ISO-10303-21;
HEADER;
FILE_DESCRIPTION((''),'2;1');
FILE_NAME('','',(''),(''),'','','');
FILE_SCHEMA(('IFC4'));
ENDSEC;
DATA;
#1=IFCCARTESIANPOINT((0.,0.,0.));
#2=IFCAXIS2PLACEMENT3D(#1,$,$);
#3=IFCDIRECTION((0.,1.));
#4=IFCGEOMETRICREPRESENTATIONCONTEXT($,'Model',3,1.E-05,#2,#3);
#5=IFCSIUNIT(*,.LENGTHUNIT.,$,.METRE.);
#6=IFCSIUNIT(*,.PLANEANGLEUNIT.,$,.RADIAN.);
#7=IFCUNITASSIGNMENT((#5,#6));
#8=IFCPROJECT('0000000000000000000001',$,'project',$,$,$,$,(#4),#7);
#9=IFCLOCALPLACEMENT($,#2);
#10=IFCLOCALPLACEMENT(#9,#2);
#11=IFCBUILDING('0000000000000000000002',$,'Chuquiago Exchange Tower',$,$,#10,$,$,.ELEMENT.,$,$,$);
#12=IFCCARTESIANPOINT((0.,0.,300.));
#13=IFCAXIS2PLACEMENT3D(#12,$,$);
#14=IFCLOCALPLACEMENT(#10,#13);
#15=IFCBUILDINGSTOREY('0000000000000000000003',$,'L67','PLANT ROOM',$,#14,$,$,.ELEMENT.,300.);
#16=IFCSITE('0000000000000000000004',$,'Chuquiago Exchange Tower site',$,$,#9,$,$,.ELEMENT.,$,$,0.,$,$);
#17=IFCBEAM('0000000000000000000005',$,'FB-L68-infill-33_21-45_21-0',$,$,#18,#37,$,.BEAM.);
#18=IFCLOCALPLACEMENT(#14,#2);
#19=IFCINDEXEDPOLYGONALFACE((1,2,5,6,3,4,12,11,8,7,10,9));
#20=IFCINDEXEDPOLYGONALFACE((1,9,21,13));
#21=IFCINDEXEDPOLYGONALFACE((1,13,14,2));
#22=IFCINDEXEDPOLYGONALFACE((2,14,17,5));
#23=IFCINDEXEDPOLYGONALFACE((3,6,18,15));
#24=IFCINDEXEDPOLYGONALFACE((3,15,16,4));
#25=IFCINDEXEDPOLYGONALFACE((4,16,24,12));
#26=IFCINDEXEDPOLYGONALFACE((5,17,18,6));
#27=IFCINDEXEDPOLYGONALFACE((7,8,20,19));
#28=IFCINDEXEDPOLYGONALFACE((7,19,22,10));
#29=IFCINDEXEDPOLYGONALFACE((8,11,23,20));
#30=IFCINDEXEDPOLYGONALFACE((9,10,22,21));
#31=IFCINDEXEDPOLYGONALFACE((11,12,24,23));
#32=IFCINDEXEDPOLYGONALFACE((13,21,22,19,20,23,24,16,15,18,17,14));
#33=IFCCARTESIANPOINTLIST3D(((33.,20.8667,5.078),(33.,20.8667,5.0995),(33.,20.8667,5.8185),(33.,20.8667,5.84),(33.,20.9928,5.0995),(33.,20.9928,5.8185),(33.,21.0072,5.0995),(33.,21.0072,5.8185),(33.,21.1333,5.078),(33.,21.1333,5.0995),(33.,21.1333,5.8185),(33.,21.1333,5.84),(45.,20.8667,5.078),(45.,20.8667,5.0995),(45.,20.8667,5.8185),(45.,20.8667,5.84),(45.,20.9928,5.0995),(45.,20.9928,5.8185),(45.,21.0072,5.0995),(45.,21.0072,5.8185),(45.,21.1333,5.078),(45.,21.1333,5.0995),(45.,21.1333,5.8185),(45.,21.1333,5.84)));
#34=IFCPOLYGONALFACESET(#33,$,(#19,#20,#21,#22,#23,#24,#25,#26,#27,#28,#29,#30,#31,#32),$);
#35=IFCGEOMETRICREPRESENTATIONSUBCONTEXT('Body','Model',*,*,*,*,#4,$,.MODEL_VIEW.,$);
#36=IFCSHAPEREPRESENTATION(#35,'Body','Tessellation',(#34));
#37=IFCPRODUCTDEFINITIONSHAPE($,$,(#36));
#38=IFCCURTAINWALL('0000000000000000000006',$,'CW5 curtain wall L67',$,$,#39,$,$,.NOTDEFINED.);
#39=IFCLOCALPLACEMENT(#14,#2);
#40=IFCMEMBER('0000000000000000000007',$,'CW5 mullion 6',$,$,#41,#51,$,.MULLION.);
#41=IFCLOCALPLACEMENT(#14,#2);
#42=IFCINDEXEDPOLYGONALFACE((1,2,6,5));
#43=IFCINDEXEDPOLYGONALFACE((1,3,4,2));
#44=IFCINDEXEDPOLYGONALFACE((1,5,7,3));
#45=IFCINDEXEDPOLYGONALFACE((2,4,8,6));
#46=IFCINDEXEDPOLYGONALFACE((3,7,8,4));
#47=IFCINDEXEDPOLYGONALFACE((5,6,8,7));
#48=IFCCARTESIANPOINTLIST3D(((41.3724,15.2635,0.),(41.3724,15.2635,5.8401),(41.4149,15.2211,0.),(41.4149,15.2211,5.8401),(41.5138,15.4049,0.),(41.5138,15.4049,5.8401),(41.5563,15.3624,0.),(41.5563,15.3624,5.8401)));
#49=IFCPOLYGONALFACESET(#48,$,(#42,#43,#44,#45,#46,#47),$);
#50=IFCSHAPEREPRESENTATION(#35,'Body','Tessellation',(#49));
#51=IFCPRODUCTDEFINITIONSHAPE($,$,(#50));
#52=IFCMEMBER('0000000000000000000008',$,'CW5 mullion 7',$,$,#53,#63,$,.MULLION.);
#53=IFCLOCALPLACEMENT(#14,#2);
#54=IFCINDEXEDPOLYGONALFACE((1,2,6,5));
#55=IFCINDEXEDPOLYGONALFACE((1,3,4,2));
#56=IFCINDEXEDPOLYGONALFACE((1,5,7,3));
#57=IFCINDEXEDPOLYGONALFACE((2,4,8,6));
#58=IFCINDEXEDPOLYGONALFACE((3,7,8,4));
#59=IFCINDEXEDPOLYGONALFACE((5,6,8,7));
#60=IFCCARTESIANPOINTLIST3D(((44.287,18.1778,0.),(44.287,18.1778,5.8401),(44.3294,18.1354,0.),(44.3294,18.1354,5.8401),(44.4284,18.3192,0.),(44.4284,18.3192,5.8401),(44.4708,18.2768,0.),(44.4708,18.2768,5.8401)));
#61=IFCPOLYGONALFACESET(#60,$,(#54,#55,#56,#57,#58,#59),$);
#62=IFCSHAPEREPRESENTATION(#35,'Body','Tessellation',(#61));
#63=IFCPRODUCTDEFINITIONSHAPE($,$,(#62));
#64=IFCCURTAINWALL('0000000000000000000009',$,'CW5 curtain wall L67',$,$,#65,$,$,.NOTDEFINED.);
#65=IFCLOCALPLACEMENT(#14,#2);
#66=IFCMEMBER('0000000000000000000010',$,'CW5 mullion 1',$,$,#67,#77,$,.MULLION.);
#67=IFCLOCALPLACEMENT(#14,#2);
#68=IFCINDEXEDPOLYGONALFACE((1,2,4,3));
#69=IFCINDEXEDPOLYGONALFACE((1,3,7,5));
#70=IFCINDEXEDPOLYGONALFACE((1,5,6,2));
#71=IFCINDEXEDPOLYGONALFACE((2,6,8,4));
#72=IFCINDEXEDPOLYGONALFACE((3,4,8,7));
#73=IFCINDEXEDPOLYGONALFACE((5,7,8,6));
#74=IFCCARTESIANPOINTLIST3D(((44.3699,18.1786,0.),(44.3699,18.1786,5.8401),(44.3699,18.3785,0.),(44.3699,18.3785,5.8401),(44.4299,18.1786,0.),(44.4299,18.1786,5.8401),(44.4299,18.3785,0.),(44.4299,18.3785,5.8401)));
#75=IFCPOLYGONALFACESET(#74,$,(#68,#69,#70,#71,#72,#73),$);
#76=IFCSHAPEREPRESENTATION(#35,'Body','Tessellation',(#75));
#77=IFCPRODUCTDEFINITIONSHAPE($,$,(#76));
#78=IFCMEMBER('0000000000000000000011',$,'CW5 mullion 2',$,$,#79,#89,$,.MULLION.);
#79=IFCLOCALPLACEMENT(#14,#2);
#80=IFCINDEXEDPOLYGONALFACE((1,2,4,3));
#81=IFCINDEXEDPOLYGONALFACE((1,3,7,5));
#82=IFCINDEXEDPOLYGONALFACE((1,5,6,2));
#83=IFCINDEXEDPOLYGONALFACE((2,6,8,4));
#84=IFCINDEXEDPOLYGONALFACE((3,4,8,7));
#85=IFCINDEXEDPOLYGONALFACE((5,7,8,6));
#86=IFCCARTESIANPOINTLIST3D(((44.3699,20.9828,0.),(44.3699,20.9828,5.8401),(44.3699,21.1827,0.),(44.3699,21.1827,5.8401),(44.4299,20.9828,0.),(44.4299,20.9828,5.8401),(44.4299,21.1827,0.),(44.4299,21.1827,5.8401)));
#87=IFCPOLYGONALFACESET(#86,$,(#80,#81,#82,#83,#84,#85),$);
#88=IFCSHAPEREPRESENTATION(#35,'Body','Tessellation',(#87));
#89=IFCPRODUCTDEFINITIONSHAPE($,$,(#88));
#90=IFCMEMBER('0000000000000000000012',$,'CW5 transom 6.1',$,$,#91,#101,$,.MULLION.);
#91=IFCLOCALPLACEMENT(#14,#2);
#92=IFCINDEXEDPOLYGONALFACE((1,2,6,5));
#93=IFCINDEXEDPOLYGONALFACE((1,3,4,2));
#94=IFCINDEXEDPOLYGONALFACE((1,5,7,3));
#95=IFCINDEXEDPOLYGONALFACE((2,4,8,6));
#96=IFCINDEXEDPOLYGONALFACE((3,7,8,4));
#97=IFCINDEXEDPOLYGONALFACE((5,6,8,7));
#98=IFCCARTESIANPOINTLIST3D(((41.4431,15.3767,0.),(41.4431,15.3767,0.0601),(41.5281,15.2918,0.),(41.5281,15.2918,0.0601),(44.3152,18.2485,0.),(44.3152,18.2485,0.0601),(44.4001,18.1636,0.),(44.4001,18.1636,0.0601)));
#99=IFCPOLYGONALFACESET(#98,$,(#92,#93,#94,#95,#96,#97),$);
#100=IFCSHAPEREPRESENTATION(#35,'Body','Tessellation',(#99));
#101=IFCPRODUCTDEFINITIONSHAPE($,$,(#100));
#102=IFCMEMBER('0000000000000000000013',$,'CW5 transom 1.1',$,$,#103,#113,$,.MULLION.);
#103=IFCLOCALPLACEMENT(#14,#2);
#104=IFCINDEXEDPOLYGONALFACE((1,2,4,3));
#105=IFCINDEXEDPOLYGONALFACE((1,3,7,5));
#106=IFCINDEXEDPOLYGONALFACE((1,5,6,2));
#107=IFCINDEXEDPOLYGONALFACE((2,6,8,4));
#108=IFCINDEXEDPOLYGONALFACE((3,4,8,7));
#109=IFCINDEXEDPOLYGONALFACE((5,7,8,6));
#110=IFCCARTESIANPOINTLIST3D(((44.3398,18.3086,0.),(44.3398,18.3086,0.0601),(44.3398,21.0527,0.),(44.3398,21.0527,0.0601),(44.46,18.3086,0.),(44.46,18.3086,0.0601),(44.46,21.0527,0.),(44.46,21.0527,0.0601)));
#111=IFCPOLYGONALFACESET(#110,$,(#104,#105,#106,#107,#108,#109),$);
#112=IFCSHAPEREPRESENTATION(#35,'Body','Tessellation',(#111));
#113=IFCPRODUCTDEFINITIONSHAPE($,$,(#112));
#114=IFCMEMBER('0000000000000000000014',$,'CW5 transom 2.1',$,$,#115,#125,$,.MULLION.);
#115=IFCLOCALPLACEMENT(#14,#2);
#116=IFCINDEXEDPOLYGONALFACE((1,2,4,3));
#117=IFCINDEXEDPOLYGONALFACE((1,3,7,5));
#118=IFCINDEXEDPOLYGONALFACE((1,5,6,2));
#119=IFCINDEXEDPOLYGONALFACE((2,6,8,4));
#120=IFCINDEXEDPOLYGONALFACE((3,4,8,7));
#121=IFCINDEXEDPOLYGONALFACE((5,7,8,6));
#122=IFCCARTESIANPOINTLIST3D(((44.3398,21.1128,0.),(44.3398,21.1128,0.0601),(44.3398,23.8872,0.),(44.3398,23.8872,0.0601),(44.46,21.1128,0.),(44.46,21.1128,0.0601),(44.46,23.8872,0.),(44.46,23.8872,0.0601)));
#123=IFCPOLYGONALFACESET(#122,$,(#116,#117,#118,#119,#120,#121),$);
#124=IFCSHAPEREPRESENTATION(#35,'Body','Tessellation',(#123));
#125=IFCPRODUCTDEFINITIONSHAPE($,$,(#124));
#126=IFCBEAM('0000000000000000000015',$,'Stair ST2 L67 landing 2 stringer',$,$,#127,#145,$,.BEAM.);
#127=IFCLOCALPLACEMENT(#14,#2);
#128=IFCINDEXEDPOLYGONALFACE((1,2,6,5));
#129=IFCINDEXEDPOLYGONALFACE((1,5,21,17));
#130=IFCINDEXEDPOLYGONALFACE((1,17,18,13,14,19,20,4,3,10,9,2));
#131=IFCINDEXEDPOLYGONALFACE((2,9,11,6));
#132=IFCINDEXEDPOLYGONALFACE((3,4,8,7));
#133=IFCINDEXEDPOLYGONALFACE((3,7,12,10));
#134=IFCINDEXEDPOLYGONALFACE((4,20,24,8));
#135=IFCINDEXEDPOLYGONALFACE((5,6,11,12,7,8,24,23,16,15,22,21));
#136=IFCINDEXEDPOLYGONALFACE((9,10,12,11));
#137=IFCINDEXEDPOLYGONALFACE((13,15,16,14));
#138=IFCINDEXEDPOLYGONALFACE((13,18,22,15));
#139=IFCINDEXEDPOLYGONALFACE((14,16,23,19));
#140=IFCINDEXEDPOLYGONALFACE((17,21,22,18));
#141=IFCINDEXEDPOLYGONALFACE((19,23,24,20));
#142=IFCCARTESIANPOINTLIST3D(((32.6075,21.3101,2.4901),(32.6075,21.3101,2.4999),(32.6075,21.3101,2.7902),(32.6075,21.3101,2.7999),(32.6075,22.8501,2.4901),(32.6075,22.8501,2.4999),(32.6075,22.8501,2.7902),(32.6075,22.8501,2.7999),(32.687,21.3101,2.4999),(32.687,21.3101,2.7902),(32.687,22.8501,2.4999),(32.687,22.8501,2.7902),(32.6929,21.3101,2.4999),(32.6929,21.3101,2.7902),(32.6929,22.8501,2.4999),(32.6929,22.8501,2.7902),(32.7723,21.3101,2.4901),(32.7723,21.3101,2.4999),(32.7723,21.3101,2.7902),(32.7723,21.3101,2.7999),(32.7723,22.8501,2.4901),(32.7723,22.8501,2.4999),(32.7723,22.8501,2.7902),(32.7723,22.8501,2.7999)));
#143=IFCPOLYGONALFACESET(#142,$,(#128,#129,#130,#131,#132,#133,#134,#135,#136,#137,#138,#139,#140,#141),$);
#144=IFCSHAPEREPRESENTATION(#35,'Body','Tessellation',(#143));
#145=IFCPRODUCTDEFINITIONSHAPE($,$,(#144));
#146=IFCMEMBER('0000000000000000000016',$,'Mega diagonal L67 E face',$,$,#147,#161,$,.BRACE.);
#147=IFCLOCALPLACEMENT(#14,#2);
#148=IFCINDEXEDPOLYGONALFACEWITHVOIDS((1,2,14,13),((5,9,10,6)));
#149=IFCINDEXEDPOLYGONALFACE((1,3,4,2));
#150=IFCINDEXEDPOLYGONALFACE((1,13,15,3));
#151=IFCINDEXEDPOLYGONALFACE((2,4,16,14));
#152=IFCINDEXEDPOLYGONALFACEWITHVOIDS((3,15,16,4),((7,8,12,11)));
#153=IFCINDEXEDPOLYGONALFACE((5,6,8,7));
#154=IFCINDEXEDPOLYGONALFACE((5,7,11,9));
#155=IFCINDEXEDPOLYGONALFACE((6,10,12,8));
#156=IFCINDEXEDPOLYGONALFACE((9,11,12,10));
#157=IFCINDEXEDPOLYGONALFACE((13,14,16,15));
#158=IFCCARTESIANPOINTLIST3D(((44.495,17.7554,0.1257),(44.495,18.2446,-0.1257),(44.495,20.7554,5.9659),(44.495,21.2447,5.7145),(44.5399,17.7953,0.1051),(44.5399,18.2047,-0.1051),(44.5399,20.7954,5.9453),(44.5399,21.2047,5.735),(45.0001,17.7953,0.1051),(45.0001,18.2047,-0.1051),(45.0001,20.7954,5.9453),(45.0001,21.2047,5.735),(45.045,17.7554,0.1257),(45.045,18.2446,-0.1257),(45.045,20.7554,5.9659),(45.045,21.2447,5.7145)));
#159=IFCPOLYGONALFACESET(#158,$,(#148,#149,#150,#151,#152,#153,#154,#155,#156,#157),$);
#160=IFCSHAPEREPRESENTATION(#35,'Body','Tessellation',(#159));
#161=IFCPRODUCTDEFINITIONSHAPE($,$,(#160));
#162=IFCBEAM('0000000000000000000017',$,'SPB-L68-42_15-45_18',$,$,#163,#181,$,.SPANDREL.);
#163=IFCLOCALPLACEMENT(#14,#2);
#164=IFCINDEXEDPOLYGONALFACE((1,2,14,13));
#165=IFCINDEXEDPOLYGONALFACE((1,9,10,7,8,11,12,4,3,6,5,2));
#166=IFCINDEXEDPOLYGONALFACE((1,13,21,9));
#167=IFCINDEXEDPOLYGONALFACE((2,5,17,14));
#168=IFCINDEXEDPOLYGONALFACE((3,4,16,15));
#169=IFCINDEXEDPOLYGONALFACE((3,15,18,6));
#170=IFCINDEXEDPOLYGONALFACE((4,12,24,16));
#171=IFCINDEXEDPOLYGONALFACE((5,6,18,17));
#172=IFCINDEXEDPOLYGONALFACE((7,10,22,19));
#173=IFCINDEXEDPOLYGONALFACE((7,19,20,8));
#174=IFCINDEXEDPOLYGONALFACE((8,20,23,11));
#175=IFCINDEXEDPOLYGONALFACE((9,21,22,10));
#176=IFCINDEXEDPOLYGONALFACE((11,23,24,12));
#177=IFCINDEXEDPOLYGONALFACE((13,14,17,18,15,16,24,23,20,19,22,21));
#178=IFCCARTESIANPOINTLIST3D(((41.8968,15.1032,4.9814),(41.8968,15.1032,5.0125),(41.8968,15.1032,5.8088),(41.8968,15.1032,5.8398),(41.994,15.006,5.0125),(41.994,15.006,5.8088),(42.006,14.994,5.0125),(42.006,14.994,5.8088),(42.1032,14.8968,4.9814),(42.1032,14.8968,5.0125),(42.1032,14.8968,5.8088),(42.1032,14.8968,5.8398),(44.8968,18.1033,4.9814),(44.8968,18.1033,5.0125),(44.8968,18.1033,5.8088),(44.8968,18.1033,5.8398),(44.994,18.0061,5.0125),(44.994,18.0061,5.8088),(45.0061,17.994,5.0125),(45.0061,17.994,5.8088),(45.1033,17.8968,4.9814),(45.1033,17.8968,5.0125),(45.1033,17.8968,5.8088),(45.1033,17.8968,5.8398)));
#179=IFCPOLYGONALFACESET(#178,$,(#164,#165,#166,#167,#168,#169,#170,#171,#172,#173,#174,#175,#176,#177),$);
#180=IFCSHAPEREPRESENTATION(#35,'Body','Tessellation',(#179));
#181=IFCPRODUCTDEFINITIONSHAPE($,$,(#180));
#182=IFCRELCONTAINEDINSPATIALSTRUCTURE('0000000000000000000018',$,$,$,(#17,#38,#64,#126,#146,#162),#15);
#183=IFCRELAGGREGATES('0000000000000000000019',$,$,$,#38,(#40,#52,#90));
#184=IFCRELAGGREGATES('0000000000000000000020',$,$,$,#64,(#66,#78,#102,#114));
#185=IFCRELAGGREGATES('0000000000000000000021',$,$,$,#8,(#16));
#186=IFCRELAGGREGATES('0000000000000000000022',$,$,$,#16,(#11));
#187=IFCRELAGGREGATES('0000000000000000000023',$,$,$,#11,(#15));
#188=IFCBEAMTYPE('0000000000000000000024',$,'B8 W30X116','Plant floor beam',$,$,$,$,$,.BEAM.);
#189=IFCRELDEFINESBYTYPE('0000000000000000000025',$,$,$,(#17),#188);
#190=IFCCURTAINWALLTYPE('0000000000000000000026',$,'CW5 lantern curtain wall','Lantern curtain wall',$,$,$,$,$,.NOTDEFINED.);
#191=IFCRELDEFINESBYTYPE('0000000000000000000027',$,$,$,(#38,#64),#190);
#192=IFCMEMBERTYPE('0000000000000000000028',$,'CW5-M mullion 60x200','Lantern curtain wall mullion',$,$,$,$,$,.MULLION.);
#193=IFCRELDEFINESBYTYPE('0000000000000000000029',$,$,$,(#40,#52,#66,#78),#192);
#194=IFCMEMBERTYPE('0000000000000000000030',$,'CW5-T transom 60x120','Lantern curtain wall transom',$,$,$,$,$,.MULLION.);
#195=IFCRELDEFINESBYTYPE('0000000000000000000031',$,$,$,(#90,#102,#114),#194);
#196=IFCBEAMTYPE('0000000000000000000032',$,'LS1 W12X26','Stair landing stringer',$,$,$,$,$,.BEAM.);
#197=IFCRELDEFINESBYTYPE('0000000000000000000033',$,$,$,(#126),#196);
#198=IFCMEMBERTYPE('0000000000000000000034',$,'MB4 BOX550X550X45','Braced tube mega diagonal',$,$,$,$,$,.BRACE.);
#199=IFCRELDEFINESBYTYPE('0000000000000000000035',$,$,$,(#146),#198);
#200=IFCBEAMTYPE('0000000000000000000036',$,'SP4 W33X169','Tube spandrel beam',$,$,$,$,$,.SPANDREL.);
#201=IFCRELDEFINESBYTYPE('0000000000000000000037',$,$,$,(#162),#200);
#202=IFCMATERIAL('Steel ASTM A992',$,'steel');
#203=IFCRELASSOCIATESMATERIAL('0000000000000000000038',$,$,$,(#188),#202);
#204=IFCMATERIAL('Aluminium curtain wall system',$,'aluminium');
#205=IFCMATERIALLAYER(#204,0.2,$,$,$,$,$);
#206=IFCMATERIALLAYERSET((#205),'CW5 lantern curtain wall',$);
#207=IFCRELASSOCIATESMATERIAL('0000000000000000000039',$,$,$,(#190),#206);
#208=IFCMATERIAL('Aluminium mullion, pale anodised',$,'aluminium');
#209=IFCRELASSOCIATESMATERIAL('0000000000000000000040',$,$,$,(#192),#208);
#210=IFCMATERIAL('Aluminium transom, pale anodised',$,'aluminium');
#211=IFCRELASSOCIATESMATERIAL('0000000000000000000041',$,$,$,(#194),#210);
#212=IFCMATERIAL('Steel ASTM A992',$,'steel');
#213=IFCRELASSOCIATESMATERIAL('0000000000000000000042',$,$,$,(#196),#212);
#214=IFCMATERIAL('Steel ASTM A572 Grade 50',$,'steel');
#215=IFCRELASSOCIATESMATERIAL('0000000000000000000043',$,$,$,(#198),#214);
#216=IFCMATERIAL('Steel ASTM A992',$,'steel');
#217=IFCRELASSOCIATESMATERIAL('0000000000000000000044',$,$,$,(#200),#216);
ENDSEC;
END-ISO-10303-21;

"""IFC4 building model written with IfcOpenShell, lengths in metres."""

from ifc_helpers import new_model, si_unit, direction, frame, origin, origin_2d, place, context, subcontext, project, spatial, rectangle, hollow_rectangle, i_section, extrude, material, layer, layer_set, material_profile, profile_set, type_object, element, aggregate, save


model = new_model("IFC4")

# Units and contexts
model_context = context("Model", 3, precision=1e-05, world=origin(), true_north=direction((0.0, 1.0)))
body_context = subcontext(model_context, "Body", "Model", "MODEL_VIEW")
ifc_project = project(units=[si_unit("LENGTHUNIT", "METRE"), si_unit("PLANEANGLEUNIT", "RADIAN")], contexts=[model_context])

# Site, building, storey
site_placement = place(None, origin())
site = spatial("IfcSite", under=ifc_project, at=site_placement, Name="Chuquiago Exchange Tower site", CompositionType="ELEMENT", RefElevation=0.0)
building_placement = place(site_placement, origin())
building = spatial("IfcBuilding", under=site, at=building_placement, Name="Chuquiago Exchange Tower", CompositionType="ELEMENT")
storey_placement = place(building_placement, frame((0.0, 0.0, 300.0)))
storey = spatial("IfcBuildingStorey", under=building, at=storey_placement, Name="L67", Description="PLANT ROOM", CompositionType="ELEMENT", Elevation=300.0)

# Beam
ifc_material_1 = material(Name="Steel ASTM A992", Category="steel")
ifc_material_profile_1 = material_profile(ifc_material_1, i_section(OverallWidth=0.2666, OverallDepth=0.762, WebThickness=0.0144, FlangeThickness=0.0215, at=origin_2d()), Name="W30X116")
ifc_profile_set_1 = profile_set([ifc_material_profile_1], Name="Steel ASTM A992")
beam_type_1 = type_object("IfcBeamType", Name="B8 W30X116", Description="Plant floor beam", PredefinedType="BEAM", material=ifc_profile_set_1)
for number, where, z_axis, x_axis, name in (
    (1, (33.0, 21.0, 5.459), (1.0, 0.0, 0.0), (0.0, 1.0, 0.0), "FB-L68-infill-33_21-45_21-0"),
):
    element("IfcBeam", number, at=place(storey_placement, frame(where, z_axis=z_axis, x_axis=x_axis)), inside=storey, type_object=beam_type_1, Name=name, PredefinedType="BEAM", context=body_context, shape_type="SweptSolid", body=[
        extrude(i_section(OverallWidth=0.2666, OverallDepth=0.762, WebThickness=0.0144, FlangeThickness=0.0215, at=origin_2d()), origin(), (0.0, 0.0, 1.0), 12.0),
    ])

# Curtain walls, members
ifc_material_2 = material(Name="Aluminium curtain wall system", Category="aluminium")
ifc_layer_1 = layer(ifc_material_2, 0.2)
ifc_layer_set_1 = layer_set([ifc_layer_1], Name="CW5 lantern curtain wall")
curtain_wall_type = type_object("IfcCurtainWallType", Name="CW5 lantern curtain wall", Description="Lantern curtain wall", PredefinedType="NOTDEFINED", material=ifc_layer_set_1)
curtain_wall_1_placement = place(storey_placement, origin())
curtain_wall_1 = element("IfcCurtainWall", 2, at=curtain_wall_1_placement, inside=storey, type_object=curtain_wall_type, Name="CW5 curtain wall L67", PredefinedType="NOTDEFINED")
ifc_material_3 = material(Name="Aluminium mullion, pale anodised", Category="aluminium")
ifc_material_profile_2 = material_profile(ifc_material_3, rectangle(XDim=0.0601, YDim=0.2, at=origin_2d()), Name="AL 60x200")
ifc_profile_set_2 = profile_set([ifc_material_profile_2], Name="Aluminium mullion, pale anodised")
member_type_1 = type_object("IfcMemberType", Name="CW5-M mullion 60x200", Description="Lantern curtain wall mullion", PredefinedType="MULLION", material=ifc_profile_set_2)
member_1_placement = place(storey_placement, frame((41.4644, 15.313, 0.0), z_axis=(0.0, 0.0, 1.0), x_axis=(-0.707105, 0.707109, 0.0)))
member_1 = element("IfcMember", 3, at=member_1_placement, type_object=member_type_1, Name="CW5 mullion 6", PredefinedType="MULLION", context=body_context, shape_type="SweptSolid", body=[
    extrude(rectangle(XDim=0.0601, YDim=0.2, at=origin_2d()), origin(), (0.0, 0.0, 1.0), 5.8401),
])
member_2_placement = place(storey_placement, frame((44.3789, 18.2273, 0.0), z_axis=(0.0, 0.0, 1.0), x_axis=(-0.707105, 0.707109, 0.0)))
member_2 = element("IfcMember", 4, at=member_2_placement, type_object=member_type_1, Name="CW5 mullion 7", PredefinedType="MULLION", context=body_context, shape_type="SweptSolid", body=[
    extrude(rectangle(XDim=0.0601, YDim=0.2, at=origin_2d()), origin(), (0.0, 0.0, 1.0), 5.8401),
])
curtain_wall_2_placement = place(storey_placement, origin())
curtain_wall_2 = element("IfcCurtainWall", 5, at=curtain_wall_2_placement, inside=storey, type_object=curtain_wall_type, Name="CW5 curtain wall L67", PredefinedType="NOTDEFINED")
member_3_placement = place(storey_placement, frame((44.3999, 18.2786, 0.0), z_axis=(0.0, 0.0, 1.0), x_axis=(-1.0, 0.0, 0.0)))
member_3 = element("IfcMember", 6, at=member_3_placement, type_object=member_type_1, Name="CW5 mullion 1", PredefinedType="MULLION", context=body_context, shape_type="SweptSolid", body=[
    extrude(rectangle(XDim=0.0601, YDim=0.2, at=origin_2d()), origin(), (0.0, 0.0, 1.0), 5.8401),
])
member_4_placement = place(storey_placement, frame((44.3999, 21.0828, 0.0), z_axis=(0.0, 0.0, 1.0), x_axis=(-1.0, 0.0, 0.0)))
member_4 = element("IfcMember", 7, at=member_4_placement, type_object=member_type_1, Name="CW5 mullion 2", PredefinedType="MULLION", context=body_context, shape_type="SweptSolid", body=[
    extrude(rectangle(XDim=0.0601, YDim=0.2, at=origin_2d()), origin(), (0.0, 0.0, 1.0), 5.8401),
])

# Members
ifc_material_4 = material(Name="Aluminium transom, pale anodised", Category="aluminium")
ifc_material_profile_3 = material_profile(ifc_material_4, rectangle(XDim=0.1201, YDim=0.0601, at=origin_2d()), Name="AL 120x60")
ifc_profile_set_3 = profile_set([ifc_material_profile_3], Name="Aluminium transom, pale anodised")
member_type_2 = type_object("IfcMemberType", Name="CW5-T transom 60x120", Description="Lantern curtain wall transom", PredefinedType="MULLION", material=ifc_profile_set_3)
member_5_placement = place(storey_placement, frame((41.4856, 15.3342, 0.03), z_axis=(0.707137, 0.707077, 0.0), x_axis=(-0.707077, 0.707137, 0.0)))
member_5 = element("IfcMember", 8, at=member_5_placement, type_object=member_type_2, Name="CW5 transom 6.1", PredefinedType="MULLION", context=body_context, shape_type="SweptSolid", body=[
    extrude(rectangle(XDim=0.1201, YDim=0.0601, at=origin_2d()), origin(), (0.0, 0.0, 1.0), 4.0615),
])
member_6_placement = place(storey_placement, frame((44.3999, 18.3086, 0.03), z_axis=(0.0, 1.0, 0.0), x_axis=(-1.0, 0.0, 0.0)))
member_6 = element("IfcMember", 9, at=member_6_placement, type_object=member_type_2, Name="CW5 transom 1.1", PredefinedType="MULLION", context=body_context, shape_type="SweptSolid", body=[
    extrude(rectangle(XDim=0.1201, YDim=0.0601, at=origin_2d()), origin(), (0.0, 0.0, 1.0), 2.7441),
])
member_7_placement = place(storey_placement, frame((44.3999, 21.1128, 0.03), z_axis=(0.0, 1.0, 0.0), x_axis=(-1.0, 0.0, 0.0)))
member_7 = element("IfcMember", 10, at=member_7_placement, type_object=member_type_2, Name="CW5 transom 2.1", PredefinedType="MULLION", context=body_context, shape_type="SweptSolid", body=[
    extrude(rectangle(XDim=0.1201, YDim=0.0601, at=origin_2d()), origin(), (0.0, 0.0, 1.0), 2.7744),
])

# Beam
ifc_material_5 = material(Name="Steel ASTM A992", Category="steel")
ifc_material_profile_4 = material_profile(ifc_material_5, i_section(OverallWidth=0.1648, OverallDepth=0.3098, WebThickness=0.0059, FlangeThickness=0.0098, at=origin_2d()), Name="W12X26")
ifc_profile_set_4 = profile_set([ifc_material_profile_4], Name="Steel ASTM A992")
beam_type_2 = type_object("IfcBeamType", Name="LS1 W12X26", Description="Stair landing stringer", PredefinedType="BEAM", material=ifc_profile_set_4)
beam_1_placement = place(storey_placement, frame((32.6899, 21.3101, 2.645), z_axis=(0.0, 1.0, 0.0), x_axis=(-1.0, 0.0, 0.0)))
element("IfcBeam", 11, at=beam_1_placement, inside=storey, type_object=beam_type_2, Name="Stair ST2 L67 landing 2 stringer", PredefinedType="BEAM", context=body_context, shape_type="SweptSolid", body=[
    extrude(i_section(OverallWidth=0.1648, OverallDepth=0.3098, WebThickness=0.0059, FlangeThickness=0.0098, at=origin_2d()), origin(), (0.0, 0.0, 1.0), 1.54),
])

# Member
ifc_material_6 = material(Name="Steel ASTM A572 Grade 50", Category="steel")
ifc_material_profile_5 = material_profile(ifc_material_6, hollow_rectangle(XDim=0.55, YDim=0.55, WallThickness=0.0449, at=origin_2d()), Name="BOX550X550X45")
ifc_profile_set_5 = profile_set([ifc_material_profile_5], Name="Steel ASTM A572 Grade 50")
member_type_3 = type_object("IfcMemberType", Name="MB4 BOX550X550X45", Description="Braced tube mega diagonal", PredefinedType="BRACE", material=ifc_profile_set_5)
member_8_placement = place(storey_placement, frame((44.77, 18.0, 0.0), z_axis=(0.0, 0.45693, 0.889503), x_axis=(-1.0, 0.0, 0.0)))
element("IfcMember", 12, at=member_8_placement, inside=storey, type_object=member_type_3, Name="Mega diagonal L67 E face", PredefinedType="BRACE", context=body_context, shape_type="SweptSolid", body=[
    extrude(hollow_rectangle(XDim=0.55, YDim=0.55, WallThickness=0.0449, at=origin_2d()), origin(), (0.0, 0.0, 1.0), 6.5657),
])

# Beam
ifc_material_7 = material(Name="Steel ASTM A992", Category="steel")
ifc_material_profile_6 = material_profile(ifc_material_7, i_section(OverallWidth=0.292, OverallDepth=0.8584, WebThickness=0.0171, FlangeThickness=0.031, at=origin_2d()), Name="W33X169")
ifc_profile_set_6 = profile_set([ifc_material_profile_6], Name="Steel ASTM A992")
beam_type_3 = type_object("IfcBeamType", Name="SP4 W33X169", Description="Tube spandrel beam", PredefinedType="SPANDREL", material=ifc_profile_set_6)
beam_2_placement = place(storey_placement, frame((42.0, 15.0, 5.4106), z_axis=(0.707107, 0.707107, 0.0), x_axis=(-0.707107, 0.707107, 0.0)))
element("IfcBeam", 13, at=beam_2_placement, inside=storey, type_object=beam_type_3, Name="SPB-L68-42_15-45_18", PredefinedType="SPANDREL", context=body_context, shape_type="SweptSolid", body=[
    extrude(i_section(OverallWidth=0.292, OverallDepth=0.8584, WebThickness=0.0171, FlangeThickness=0.031, at=origin_2d()), origin(), (0.0, 0.0, 1.0), 4.2427),
])

aggregate(curtain_wall_1, [member_1, member_2, member_5])
aggregate(curtain_wall_2, [member_3, member_4, member_6, member_7])

save(model, "model.ifc")
